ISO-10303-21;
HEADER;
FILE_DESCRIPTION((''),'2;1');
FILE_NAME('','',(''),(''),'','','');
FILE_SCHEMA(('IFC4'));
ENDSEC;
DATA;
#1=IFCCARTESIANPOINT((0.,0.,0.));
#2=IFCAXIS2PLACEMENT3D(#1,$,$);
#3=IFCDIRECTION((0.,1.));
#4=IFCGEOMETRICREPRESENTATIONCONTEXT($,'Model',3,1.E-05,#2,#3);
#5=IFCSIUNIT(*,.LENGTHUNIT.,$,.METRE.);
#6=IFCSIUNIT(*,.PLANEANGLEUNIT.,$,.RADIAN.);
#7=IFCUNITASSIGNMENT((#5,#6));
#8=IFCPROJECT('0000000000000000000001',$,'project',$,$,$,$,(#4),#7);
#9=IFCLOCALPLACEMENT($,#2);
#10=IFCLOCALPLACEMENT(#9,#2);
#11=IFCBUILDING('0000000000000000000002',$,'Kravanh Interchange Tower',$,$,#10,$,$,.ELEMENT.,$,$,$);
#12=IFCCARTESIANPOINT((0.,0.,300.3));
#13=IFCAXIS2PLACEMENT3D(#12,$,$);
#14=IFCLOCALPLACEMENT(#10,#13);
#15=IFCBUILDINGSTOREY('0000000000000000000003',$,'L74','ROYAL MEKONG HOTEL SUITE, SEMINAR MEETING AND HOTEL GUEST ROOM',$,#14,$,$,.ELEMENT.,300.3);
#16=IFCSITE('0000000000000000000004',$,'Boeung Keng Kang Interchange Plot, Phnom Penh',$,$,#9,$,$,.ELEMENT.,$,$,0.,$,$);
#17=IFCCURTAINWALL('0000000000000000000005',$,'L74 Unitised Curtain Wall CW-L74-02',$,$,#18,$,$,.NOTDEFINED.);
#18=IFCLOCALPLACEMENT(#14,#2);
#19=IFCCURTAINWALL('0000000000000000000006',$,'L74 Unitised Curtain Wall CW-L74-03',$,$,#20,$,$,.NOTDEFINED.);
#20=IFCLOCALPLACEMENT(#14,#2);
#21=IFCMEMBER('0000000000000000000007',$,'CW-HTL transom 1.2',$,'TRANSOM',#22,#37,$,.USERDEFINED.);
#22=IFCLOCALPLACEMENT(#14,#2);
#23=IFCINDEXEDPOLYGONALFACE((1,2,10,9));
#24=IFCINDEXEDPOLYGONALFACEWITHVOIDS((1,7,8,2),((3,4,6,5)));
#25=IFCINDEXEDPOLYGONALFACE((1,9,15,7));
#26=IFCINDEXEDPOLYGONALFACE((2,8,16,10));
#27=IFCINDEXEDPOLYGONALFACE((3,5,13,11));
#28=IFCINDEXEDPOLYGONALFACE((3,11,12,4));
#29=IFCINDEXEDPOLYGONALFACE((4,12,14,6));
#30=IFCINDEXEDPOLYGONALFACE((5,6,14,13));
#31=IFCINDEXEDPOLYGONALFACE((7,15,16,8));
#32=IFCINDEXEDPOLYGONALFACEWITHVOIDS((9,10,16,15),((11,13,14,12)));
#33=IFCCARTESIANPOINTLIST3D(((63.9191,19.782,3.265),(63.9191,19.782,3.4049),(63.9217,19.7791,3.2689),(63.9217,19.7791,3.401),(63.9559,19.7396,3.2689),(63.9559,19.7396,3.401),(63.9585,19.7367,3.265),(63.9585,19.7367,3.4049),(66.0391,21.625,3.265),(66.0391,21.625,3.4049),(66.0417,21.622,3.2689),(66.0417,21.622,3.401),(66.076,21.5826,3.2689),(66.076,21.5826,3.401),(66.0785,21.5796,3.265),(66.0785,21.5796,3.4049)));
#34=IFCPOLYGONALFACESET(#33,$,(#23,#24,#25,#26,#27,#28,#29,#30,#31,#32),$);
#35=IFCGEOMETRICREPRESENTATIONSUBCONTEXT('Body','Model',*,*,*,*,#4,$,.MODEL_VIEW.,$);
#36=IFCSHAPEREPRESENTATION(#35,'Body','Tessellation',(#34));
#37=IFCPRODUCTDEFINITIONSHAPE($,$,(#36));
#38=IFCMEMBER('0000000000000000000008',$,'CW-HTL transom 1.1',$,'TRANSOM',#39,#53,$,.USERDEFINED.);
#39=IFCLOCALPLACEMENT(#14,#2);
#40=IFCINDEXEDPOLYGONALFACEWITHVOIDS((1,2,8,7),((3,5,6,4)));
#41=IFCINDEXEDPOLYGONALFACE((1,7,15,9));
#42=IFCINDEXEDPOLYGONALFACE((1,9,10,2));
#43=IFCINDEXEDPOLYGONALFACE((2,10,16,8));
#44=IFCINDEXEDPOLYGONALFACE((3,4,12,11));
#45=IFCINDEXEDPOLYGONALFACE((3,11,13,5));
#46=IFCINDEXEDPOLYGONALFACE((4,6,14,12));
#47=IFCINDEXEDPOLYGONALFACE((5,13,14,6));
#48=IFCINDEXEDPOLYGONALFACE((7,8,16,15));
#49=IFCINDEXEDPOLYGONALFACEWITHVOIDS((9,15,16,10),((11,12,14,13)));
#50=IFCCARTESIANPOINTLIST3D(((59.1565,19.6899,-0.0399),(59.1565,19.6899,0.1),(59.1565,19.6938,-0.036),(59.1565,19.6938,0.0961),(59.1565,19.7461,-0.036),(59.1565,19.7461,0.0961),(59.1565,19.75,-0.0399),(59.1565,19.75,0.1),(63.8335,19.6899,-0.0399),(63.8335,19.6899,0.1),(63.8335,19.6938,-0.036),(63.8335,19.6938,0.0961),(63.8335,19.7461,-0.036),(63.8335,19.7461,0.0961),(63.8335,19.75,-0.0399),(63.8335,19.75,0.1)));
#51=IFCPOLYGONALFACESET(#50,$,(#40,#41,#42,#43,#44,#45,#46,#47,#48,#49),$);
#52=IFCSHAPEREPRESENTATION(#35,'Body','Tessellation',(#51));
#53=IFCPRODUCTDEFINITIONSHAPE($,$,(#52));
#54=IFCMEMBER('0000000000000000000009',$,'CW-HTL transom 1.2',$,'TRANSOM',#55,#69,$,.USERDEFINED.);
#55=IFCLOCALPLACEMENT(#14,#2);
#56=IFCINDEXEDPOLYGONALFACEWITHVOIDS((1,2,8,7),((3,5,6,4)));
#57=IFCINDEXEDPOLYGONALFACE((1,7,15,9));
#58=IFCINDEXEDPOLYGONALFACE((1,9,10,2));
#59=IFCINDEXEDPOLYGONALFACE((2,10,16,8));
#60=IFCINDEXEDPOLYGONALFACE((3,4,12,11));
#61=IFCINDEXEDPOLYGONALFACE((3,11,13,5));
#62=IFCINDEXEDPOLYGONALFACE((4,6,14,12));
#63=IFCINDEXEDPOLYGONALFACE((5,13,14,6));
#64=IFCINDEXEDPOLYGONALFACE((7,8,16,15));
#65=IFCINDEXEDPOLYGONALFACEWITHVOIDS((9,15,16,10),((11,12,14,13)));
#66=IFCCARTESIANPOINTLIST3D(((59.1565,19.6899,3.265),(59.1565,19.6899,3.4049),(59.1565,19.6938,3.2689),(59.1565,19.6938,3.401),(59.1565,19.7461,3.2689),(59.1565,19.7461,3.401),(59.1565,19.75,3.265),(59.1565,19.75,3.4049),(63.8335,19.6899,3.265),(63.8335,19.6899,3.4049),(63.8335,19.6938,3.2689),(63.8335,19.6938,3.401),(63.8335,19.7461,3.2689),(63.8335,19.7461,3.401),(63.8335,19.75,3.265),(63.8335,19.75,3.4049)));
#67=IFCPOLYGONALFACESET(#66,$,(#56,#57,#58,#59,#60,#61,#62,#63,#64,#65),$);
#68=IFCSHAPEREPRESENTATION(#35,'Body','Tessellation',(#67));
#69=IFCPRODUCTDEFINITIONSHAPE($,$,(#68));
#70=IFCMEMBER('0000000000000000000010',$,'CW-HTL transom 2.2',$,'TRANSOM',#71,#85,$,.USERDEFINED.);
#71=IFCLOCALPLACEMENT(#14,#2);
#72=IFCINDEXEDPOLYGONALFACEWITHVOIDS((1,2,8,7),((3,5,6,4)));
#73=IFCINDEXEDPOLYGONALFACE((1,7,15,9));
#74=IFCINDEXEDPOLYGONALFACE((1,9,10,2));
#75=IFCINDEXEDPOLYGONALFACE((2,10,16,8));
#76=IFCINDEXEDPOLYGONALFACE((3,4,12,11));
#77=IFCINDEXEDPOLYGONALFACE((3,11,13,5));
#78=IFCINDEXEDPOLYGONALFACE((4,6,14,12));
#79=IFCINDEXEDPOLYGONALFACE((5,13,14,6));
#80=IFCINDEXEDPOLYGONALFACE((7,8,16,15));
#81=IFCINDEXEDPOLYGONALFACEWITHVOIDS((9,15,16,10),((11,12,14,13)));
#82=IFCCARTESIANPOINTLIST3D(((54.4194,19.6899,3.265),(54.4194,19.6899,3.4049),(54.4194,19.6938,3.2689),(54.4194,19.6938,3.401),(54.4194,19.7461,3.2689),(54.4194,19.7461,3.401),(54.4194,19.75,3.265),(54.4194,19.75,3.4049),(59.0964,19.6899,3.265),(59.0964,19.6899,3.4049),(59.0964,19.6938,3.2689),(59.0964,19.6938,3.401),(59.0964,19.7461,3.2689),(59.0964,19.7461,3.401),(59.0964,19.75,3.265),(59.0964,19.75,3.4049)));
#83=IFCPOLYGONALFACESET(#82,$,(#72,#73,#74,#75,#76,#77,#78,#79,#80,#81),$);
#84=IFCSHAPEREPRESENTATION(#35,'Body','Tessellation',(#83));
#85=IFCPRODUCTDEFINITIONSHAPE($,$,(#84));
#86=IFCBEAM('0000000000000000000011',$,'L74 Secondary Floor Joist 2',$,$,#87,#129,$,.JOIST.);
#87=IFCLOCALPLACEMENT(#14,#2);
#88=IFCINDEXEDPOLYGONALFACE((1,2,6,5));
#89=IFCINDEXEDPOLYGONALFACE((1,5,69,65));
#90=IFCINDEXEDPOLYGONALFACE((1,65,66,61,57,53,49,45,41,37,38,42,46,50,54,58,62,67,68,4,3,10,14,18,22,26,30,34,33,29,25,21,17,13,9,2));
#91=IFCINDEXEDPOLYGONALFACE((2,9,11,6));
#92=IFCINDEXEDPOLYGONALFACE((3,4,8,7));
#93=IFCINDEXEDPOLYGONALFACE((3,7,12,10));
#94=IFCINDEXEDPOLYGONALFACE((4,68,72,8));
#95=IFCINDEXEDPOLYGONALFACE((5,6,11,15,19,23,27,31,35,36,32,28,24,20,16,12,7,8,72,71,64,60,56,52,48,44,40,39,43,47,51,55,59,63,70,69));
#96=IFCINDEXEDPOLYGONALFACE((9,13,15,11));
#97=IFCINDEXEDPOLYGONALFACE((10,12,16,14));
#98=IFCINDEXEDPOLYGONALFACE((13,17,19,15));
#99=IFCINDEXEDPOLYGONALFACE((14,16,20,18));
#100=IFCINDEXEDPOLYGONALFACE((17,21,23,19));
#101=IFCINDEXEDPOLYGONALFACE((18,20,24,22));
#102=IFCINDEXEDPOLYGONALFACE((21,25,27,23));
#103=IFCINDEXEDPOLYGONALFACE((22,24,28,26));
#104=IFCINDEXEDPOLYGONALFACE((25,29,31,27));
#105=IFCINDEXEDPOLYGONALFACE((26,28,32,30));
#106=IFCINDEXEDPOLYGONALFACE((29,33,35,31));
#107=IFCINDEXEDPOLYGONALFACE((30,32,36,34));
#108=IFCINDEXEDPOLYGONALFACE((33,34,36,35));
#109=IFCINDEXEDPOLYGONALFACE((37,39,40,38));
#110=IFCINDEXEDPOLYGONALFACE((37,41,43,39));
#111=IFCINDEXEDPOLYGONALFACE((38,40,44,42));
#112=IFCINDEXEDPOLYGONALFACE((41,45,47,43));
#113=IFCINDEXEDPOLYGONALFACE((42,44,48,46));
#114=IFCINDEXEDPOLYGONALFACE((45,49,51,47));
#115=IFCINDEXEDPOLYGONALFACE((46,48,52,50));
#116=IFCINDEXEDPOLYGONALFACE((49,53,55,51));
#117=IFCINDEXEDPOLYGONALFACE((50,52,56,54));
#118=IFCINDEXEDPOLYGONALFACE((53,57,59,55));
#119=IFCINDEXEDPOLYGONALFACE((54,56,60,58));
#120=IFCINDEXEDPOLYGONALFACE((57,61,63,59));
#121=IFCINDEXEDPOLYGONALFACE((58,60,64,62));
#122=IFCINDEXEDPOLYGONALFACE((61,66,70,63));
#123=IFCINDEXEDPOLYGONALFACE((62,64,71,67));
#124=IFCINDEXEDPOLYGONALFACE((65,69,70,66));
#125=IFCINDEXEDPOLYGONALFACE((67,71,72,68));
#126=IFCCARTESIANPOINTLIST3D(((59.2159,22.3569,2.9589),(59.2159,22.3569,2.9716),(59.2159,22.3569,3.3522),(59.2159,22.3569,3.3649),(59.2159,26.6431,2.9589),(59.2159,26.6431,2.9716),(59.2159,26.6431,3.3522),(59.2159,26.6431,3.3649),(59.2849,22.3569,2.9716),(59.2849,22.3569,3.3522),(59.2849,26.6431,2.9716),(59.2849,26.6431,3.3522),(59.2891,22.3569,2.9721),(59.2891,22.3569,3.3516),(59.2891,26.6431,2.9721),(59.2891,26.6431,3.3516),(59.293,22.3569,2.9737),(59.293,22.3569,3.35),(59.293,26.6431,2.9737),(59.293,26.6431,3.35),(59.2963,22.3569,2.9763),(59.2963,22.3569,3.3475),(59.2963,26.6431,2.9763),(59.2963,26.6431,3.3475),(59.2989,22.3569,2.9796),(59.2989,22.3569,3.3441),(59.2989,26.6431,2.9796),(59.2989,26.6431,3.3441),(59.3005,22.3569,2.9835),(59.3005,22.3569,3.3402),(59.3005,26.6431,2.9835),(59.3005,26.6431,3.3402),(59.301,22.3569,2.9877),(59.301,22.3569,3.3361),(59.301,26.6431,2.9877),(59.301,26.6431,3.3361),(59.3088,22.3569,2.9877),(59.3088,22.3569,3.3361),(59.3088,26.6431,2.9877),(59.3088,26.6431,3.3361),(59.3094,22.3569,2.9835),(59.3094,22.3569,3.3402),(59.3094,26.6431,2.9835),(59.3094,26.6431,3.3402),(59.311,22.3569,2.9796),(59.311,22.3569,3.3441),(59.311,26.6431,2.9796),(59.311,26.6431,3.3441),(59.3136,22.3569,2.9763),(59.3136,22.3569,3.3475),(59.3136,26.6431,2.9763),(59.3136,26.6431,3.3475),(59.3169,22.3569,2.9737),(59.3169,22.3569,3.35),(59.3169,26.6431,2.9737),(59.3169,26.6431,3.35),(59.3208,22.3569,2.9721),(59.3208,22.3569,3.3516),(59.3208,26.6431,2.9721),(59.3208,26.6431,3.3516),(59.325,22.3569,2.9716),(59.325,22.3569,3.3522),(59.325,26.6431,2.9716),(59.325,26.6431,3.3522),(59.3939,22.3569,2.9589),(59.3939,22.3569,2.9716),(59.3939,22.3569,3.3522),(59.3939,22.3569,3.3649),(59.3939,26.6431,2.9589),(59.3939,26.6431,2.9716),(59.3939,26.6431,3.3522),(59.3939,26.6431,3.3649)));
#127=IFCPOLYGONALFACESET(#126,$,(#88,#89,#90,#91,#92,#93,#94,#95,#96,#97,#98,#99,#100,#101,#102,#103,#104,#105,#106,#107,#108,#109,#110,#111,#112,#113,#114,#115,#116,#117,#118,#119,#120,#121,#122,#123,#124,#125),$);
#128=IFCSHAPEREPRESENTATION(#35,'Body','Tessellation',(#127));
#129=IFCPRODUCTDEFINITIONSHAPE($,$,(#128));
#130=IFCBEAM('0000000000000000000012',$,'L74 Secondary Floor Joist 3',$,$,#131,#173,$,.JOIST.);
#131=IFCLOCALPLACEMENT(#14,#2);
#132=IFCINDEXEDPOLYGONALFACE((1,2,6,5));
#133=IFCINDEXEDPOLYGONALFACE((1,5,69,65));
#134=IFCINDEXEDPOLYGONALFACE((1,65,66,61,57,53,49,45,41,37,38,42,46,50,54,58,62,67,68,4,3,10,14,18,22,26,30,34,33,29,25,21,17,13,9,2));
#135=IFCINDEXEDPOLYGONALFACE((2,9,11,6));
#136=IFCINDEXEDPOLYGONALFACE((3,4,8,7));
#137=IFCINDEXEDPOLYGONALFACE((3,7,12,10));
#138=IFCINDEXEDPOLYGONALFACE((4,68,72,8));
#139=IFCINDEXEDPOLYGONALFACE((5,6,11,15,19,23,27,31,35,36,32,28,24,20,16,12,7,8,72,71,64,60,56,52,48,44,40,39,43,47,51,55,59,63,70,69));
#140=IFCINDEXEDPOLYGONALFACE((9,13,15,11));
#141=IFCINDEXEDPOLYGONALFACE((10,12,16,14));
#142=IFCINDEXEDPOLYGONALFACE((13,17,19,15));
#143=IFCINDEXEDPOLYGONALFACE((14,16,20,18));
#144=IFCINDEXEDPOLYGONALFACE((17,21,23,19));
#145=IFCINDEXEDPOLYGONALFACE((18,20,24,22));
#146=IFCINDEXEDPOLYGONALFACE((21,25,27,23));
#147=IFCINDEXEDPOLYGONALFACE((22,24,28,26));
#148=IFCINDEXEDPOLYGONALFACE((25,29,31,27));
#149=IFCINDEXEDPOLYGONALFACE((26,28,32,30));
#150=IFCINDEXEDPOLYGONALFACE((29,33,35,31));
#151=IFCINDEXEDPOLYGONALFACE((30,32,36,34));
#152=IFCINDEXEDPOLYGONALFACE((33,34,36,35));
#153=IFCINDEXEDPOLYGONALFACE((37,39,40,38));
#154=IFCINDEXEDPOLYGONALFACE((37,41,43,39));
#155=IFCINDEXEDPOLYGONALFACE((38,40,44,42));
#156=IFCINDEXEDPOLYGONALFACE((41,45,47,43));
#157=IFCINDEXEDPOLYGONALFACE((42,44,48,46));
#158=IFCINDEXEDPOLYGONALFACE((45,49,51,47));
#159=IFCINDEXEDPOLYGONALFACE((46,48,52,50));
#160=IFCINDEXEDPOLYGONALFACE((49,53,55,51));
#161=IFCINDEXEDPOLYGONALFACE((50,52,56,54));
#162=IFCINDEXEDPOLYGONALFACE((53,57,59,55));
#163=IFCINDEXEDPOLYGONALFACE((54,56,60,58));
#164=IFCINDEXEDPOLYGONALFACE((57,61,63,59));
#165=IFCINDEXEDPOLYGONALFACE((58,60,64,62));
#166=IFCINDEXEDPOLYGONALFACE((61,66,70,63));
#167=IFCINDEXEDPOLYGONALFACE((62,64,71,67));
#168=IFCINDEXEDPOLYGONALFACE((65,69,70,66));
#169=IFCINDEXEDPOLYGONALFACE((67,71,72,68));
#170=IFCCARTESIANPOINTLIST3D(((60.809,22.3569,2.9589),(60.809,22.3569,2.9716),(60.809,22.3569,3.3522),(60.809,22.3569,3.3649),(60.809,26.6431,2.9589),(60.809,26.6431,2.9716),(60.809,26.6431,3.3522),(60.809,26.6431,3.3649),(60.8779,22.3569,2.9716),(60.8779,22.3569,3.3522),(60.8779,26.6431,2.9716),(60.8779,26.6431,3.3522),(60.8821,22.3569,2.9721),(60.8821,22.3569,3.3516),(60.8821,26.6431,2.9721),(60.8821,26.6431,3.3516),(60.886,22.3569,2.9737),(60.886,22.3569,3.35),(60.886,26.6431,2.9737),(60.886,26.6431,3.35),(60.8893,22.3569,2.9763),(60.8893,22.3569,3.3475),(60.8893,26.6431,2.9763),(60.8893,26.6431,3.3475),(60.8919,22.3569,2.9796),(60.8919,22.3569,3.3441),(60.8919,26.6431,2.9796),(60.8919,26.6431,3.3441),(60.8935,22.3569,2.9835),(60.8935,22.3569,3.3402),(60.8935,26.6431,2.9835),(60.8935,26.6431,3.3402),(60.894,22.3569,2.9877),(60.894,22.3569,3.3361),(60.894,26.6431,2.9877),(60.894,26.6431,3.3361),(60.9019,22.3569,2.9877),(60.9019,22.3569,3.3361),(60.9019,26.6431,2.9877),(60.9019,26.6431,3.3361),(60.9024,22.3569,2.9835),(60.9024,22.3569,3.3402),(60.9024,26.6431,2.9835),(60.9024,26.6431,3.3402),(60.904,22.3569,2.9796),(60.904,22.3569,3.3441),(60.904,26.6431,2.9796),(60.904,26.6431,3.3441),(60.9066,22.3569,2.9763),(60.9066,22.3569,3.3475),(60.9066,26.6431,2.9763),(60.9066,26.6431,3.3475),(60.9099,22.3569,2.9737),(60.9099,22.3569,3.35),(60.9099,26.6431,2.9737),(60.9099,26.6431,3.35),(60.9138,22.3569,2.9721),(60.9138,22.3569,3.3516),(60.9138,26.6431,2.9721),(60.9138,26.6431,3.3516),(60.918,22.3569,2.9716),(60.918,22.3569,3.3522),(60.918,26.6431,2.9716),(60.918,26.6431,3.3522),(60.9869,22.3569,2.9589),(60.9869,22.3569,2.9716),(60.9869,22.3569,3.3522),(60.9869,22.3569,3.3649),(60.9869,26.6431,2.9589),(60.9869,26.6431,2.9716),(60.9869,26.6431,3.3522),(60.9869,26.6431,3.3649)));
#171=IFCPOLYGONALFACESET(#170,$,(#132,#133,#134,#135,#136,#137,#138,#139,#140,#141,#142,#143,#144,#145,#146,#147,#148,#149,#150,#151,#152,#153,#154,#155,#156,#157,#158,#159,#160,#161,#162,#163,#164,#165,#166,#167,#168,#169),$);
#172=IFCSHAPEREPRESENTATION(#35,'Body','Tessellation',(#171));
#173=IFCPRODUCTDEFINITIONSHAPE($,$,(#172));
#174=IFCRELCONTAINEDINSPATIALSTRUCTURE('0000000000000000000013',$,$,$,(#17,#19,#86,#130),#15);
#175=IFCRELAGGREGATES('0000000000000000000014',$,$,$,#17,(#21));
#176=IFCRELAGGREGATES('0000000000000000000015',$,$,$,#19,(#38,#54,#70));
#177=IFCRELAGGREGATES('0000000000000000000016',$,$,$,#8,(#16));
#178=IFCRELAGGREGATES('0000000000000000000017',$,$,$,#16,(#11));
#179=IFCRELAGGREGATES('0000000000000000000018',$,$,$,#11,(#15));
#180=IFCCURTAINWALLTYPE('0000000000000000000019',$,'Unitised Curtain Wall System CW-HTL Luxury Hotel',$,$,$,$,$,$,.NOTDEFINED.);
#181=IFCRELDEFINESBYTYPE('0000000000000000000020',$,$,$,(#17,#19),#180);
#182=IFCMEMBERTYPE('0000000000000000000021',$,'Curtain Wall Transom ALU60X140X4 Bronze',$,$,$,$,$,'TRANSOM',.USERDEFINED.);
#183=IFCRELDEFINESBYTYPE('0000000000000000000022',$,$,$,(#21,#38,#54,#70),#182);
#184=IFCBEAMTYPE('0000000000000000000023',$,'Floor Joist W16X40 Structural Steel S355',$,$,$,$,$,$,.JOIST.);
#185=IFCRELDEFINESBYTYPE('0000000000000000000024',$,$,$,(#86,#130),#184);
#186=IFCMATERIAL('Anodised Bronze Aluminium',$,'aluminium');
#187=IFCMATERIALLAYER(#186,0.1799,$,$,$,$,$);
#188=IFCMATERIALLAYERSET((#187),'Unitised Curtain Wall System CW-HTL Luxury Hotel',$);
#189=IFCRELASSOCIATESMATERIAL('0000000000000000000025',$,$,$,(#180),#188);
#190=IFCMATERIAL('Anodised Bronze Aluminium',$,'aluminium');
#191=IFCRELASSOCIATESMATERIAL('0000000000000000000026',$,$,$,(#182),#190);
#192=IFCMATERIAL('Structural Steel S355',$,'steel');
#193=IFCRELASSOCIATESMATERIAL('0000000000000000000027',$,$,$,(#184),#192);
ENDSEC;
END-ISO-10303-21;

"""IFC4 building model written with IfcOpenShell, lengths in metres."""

from ifc_helpers import new_model, si_unit, direction, frame, origin, origin_2d, place, context, subcontext, project, spatial, hollow_rectangle, i_section, extrude, material, layer, layer_set, material_profile, profile_set, type_object, element, aggregate, save


model = new_model("IFC4")

# Units and contexts
model_context = context("Model", 3, precision=1e-05, world=origin(), true_north=direction((0.0, 1.0)))
body_context = subcontext(model_context, "Body", "Model", "MODEL_VIEW")
ifc_project = project(units=[si_unit("LENGTHUNIT", "METRE"), si_unit("PLANEANGLEUNIT", "RADIAN")], contexts=[model_context])

# Site, building, storey
site_placement = place(None, origin())
site = spatial("IfcSite", under=ifc_project, at=site_placement, Name="Boeung Keng Kang Interchange Plot, Phnom Penh", CompositionType="ELEMENT", RefElevation=0.0)
building_placement = place(site_placement, origin())
building = spatial("IfcBuilding", under=site, at=building_placement, Name="Kravanh Interchange Tower", CompositionType="ELEMENT")
storey_placement = place(building_placement, frame((0.0, 0.0, 300.3)))
storey = spatial("IfcBuildingStorey", under=building, at=storey_placement, Name="L74", Description="ROYAL MEKONG HOTEL SUITE, SEMINAR MEETING AND HOTEL GUEST ROOM", CompositionType="ELEMENT", Elevation=300.3)

# Curtain walls
ifc_material_1 = material(Name="Anodised Bronze Aluminium", Category="aluminium")
ifc_layer_1 = layer(ifc_material_1, 0.1799)
ifc_layer_set_1 = layer_set([ifc_layer_1], Name="Unitised Curtain Wall System CW-HTL Luxury Hotel")
curtain_wall_type = type_object("IfcCurtainWallType", Name="Unitised Curtain Wall System CW-HTL Luxury Hotel", PredefinedType="NOTDEFINED", material=ifc_layer_set_1)
curtain_wall_1_placement = place(storey_placement, origin())
curtain_wall_1 = element("IfcCurtainWall", 1, at=curtain_wall_1_placement, inside=storey, type_object=curtain_wall_type, Name="L74 Unitised Curtain Wall CW-L74-02", PredefinedType="NOTDEFINED")
curtain_wall_2_placement = place(storey_placement, origin())
curtain_wall_2 = element("IfcCurtainWall", 2, at=curtain_wall_2_placement, inside=storey, type_object=curtain_wall_type, Name="L74 Unitised Curtain Wall CW-L74-03", PredefinedType="NOTDEFINED")

# Members
ifc_material_2 = material(Name="Anodised Bronze Aluminium", Category="aluminium")
ifc_material_profile_1 = material_profile(ifc_material_2, hollow_rectangle(XDim=0.0601, YDim=0.1399, WallThickness=0.0039, at=origin_2d()), Name="ALU60X140X4")
ifc_profile_set_1 = profile_set([ifc_material_profile_1], Name="Anodised Bronze Aluminium")
member_type_1 = type_object("IfcMemberType", Name="Curtain Wall Transom ALU60X140X4 Bronze", ElementType="TRANSOM", PredefinedType="USERDEFINED", material=ifc_profile_set_1)
member_1_placement = place(storey_placement, frame((66.0588, 21.6023, 3.335), z_axis=(-0.754705, -0.656065, 0.0), x_axis=(0.656065, -0.754705, 0.0)))
member_1 = element("IfcMember", 3, at=member_1_placement, type_object=member_type_1, Name="CW-HTL transom 1.2", ObjectType="TRANSOM", PredefinedType="USERDEFINED", context=body_context, shape_type="SweptSolid", body=[
    extrude(hollow_rectangle(XDim=0.0601, YDim=0.1399, WallThickness=0.0039, at=origin_2d()), origin(), (0.0, 0.0, 1.0), 2.8091),
])
member_2_placement = place(storey_placement, frame((63.8335, 19.72, 0.03), z_axis=(-1.0, 0.0, 0.0), x_axis=(0.0, -1.0, 0.0)))
member_2 = element("IfcMember", 4, at=member_2_placement, type_object=member_type_1, Name="CW-HTL transom 1.1", ObjectType="TRANSOM", PredefinedType="USERDEFINED", context=body_context, shape_type="SweptSolid", body=[
    extrude(hollow_rectangle(XDim=0.0601, YDim=0.1399, WallThickness=0.0039, at=origin_2d()), origin(), (0.0, 0.0, 1.0), 4.677),
])
member_3_placement = place(storey_placement, frame((63.8335, 19.72, 3.335), z_axis=(-1.0, 0.0, 0.0), x_axis=(0.0, -1.0, 0.0)))
member_3 = element("IfcMember", 5, at=member_3_placement, type_object=member_type_1, Name="CW-HTL transom 1.2", ObjectType="TRANSOM", PredefinedType="USERDEFINED", context=body_context, shape_type="SweptSolid", body=[
    extrude(hollow_rectangle(XDim=0.0601, YDim=0.1399, WallThickness=0.0039, at=origin_2d()), origin(), (0.0, 0.0, 1.0), 4.677),
])
member_4_placement = place(storey_placement, frame((59.0964, 19.72, 3.335), z_axis=(-1.0, 0.0, 0.0), x_axis=(0.0, -1.0, 0.0)))
member_4 = element("IfcMember", 6, at=member_4_placement, type_object=member_type_1, Name="CW-HTL transom 2.2", ObjectType="TRANSOM", PredefinedType="USERDEFINED", context=body_context, shape_type="SweptSolid", body=[
    extrude(hollow_rectangle(XDim=0.0601, YDim=0.1399, WallThickness=0.0039, at=origin_2d()), origin(), (0.0, 0.0, 1.0), 4.677),
])

# Beams
ifc_material_3 = material(Name="Structural Steel S355", Category="steel")
ifc_material_profile_2 = material_profile(ifc_material_3, i_section(OverallWidth=0.178, OverallDepth=0.406, WebThickness=0.0078, FlangeThickness=0.0127, FilletRadius=0.0161, at=origin_2d()), Name="W16X40")
ifc_profile_set_2 = profile_set([ifc_material_profile_2], Name="Structural Steel S355")
beam_type_1 = type_object("IfcBeamType", Name="Floor Joist W16X40 Structural Steel S355", PredefinedType="JOIST", material=ifc_profile_set_2)
for number, where, z_axis, x_axis, name in (
    (7, (59.3049, 22.3569, 3.1619), (0.0, 1.0, 0.0), (-1.0, 0.0, 0.0), "L74 Secondary Floor Joist 2"),
    (8, (60.8979, 22.3569, 3.1619), (0.0, 1.0, 0.0), (-1.0, 0.0, 0.0), "L74 Secondary Floor Joist 3"),
):
    element("IfcBeam", number, at=place(storey_placement, frame(where, z_axis=z_axis, x_axis=x_axis)), inside=storey, type_object=beam_type_1, Name=name, PredefinedType="JOIST", context=body_context, shape_type="SweptSolid", body=[
        extrude(i_section(OverallWidth=0.178, OverallDepth=0.406, WebThickness=0.0078, FlangeThickness=0.0127, FilletRadius=0.0161, at=origin_2d()), origin(), (0.0, 0.0, 1.0), 4.2861),
    ])

aggregate(curtain_wall_1, [member_1])
aggregate(curtain_wall_2, [member_2, member_3, member_4])

save(model, "model.ifc")
